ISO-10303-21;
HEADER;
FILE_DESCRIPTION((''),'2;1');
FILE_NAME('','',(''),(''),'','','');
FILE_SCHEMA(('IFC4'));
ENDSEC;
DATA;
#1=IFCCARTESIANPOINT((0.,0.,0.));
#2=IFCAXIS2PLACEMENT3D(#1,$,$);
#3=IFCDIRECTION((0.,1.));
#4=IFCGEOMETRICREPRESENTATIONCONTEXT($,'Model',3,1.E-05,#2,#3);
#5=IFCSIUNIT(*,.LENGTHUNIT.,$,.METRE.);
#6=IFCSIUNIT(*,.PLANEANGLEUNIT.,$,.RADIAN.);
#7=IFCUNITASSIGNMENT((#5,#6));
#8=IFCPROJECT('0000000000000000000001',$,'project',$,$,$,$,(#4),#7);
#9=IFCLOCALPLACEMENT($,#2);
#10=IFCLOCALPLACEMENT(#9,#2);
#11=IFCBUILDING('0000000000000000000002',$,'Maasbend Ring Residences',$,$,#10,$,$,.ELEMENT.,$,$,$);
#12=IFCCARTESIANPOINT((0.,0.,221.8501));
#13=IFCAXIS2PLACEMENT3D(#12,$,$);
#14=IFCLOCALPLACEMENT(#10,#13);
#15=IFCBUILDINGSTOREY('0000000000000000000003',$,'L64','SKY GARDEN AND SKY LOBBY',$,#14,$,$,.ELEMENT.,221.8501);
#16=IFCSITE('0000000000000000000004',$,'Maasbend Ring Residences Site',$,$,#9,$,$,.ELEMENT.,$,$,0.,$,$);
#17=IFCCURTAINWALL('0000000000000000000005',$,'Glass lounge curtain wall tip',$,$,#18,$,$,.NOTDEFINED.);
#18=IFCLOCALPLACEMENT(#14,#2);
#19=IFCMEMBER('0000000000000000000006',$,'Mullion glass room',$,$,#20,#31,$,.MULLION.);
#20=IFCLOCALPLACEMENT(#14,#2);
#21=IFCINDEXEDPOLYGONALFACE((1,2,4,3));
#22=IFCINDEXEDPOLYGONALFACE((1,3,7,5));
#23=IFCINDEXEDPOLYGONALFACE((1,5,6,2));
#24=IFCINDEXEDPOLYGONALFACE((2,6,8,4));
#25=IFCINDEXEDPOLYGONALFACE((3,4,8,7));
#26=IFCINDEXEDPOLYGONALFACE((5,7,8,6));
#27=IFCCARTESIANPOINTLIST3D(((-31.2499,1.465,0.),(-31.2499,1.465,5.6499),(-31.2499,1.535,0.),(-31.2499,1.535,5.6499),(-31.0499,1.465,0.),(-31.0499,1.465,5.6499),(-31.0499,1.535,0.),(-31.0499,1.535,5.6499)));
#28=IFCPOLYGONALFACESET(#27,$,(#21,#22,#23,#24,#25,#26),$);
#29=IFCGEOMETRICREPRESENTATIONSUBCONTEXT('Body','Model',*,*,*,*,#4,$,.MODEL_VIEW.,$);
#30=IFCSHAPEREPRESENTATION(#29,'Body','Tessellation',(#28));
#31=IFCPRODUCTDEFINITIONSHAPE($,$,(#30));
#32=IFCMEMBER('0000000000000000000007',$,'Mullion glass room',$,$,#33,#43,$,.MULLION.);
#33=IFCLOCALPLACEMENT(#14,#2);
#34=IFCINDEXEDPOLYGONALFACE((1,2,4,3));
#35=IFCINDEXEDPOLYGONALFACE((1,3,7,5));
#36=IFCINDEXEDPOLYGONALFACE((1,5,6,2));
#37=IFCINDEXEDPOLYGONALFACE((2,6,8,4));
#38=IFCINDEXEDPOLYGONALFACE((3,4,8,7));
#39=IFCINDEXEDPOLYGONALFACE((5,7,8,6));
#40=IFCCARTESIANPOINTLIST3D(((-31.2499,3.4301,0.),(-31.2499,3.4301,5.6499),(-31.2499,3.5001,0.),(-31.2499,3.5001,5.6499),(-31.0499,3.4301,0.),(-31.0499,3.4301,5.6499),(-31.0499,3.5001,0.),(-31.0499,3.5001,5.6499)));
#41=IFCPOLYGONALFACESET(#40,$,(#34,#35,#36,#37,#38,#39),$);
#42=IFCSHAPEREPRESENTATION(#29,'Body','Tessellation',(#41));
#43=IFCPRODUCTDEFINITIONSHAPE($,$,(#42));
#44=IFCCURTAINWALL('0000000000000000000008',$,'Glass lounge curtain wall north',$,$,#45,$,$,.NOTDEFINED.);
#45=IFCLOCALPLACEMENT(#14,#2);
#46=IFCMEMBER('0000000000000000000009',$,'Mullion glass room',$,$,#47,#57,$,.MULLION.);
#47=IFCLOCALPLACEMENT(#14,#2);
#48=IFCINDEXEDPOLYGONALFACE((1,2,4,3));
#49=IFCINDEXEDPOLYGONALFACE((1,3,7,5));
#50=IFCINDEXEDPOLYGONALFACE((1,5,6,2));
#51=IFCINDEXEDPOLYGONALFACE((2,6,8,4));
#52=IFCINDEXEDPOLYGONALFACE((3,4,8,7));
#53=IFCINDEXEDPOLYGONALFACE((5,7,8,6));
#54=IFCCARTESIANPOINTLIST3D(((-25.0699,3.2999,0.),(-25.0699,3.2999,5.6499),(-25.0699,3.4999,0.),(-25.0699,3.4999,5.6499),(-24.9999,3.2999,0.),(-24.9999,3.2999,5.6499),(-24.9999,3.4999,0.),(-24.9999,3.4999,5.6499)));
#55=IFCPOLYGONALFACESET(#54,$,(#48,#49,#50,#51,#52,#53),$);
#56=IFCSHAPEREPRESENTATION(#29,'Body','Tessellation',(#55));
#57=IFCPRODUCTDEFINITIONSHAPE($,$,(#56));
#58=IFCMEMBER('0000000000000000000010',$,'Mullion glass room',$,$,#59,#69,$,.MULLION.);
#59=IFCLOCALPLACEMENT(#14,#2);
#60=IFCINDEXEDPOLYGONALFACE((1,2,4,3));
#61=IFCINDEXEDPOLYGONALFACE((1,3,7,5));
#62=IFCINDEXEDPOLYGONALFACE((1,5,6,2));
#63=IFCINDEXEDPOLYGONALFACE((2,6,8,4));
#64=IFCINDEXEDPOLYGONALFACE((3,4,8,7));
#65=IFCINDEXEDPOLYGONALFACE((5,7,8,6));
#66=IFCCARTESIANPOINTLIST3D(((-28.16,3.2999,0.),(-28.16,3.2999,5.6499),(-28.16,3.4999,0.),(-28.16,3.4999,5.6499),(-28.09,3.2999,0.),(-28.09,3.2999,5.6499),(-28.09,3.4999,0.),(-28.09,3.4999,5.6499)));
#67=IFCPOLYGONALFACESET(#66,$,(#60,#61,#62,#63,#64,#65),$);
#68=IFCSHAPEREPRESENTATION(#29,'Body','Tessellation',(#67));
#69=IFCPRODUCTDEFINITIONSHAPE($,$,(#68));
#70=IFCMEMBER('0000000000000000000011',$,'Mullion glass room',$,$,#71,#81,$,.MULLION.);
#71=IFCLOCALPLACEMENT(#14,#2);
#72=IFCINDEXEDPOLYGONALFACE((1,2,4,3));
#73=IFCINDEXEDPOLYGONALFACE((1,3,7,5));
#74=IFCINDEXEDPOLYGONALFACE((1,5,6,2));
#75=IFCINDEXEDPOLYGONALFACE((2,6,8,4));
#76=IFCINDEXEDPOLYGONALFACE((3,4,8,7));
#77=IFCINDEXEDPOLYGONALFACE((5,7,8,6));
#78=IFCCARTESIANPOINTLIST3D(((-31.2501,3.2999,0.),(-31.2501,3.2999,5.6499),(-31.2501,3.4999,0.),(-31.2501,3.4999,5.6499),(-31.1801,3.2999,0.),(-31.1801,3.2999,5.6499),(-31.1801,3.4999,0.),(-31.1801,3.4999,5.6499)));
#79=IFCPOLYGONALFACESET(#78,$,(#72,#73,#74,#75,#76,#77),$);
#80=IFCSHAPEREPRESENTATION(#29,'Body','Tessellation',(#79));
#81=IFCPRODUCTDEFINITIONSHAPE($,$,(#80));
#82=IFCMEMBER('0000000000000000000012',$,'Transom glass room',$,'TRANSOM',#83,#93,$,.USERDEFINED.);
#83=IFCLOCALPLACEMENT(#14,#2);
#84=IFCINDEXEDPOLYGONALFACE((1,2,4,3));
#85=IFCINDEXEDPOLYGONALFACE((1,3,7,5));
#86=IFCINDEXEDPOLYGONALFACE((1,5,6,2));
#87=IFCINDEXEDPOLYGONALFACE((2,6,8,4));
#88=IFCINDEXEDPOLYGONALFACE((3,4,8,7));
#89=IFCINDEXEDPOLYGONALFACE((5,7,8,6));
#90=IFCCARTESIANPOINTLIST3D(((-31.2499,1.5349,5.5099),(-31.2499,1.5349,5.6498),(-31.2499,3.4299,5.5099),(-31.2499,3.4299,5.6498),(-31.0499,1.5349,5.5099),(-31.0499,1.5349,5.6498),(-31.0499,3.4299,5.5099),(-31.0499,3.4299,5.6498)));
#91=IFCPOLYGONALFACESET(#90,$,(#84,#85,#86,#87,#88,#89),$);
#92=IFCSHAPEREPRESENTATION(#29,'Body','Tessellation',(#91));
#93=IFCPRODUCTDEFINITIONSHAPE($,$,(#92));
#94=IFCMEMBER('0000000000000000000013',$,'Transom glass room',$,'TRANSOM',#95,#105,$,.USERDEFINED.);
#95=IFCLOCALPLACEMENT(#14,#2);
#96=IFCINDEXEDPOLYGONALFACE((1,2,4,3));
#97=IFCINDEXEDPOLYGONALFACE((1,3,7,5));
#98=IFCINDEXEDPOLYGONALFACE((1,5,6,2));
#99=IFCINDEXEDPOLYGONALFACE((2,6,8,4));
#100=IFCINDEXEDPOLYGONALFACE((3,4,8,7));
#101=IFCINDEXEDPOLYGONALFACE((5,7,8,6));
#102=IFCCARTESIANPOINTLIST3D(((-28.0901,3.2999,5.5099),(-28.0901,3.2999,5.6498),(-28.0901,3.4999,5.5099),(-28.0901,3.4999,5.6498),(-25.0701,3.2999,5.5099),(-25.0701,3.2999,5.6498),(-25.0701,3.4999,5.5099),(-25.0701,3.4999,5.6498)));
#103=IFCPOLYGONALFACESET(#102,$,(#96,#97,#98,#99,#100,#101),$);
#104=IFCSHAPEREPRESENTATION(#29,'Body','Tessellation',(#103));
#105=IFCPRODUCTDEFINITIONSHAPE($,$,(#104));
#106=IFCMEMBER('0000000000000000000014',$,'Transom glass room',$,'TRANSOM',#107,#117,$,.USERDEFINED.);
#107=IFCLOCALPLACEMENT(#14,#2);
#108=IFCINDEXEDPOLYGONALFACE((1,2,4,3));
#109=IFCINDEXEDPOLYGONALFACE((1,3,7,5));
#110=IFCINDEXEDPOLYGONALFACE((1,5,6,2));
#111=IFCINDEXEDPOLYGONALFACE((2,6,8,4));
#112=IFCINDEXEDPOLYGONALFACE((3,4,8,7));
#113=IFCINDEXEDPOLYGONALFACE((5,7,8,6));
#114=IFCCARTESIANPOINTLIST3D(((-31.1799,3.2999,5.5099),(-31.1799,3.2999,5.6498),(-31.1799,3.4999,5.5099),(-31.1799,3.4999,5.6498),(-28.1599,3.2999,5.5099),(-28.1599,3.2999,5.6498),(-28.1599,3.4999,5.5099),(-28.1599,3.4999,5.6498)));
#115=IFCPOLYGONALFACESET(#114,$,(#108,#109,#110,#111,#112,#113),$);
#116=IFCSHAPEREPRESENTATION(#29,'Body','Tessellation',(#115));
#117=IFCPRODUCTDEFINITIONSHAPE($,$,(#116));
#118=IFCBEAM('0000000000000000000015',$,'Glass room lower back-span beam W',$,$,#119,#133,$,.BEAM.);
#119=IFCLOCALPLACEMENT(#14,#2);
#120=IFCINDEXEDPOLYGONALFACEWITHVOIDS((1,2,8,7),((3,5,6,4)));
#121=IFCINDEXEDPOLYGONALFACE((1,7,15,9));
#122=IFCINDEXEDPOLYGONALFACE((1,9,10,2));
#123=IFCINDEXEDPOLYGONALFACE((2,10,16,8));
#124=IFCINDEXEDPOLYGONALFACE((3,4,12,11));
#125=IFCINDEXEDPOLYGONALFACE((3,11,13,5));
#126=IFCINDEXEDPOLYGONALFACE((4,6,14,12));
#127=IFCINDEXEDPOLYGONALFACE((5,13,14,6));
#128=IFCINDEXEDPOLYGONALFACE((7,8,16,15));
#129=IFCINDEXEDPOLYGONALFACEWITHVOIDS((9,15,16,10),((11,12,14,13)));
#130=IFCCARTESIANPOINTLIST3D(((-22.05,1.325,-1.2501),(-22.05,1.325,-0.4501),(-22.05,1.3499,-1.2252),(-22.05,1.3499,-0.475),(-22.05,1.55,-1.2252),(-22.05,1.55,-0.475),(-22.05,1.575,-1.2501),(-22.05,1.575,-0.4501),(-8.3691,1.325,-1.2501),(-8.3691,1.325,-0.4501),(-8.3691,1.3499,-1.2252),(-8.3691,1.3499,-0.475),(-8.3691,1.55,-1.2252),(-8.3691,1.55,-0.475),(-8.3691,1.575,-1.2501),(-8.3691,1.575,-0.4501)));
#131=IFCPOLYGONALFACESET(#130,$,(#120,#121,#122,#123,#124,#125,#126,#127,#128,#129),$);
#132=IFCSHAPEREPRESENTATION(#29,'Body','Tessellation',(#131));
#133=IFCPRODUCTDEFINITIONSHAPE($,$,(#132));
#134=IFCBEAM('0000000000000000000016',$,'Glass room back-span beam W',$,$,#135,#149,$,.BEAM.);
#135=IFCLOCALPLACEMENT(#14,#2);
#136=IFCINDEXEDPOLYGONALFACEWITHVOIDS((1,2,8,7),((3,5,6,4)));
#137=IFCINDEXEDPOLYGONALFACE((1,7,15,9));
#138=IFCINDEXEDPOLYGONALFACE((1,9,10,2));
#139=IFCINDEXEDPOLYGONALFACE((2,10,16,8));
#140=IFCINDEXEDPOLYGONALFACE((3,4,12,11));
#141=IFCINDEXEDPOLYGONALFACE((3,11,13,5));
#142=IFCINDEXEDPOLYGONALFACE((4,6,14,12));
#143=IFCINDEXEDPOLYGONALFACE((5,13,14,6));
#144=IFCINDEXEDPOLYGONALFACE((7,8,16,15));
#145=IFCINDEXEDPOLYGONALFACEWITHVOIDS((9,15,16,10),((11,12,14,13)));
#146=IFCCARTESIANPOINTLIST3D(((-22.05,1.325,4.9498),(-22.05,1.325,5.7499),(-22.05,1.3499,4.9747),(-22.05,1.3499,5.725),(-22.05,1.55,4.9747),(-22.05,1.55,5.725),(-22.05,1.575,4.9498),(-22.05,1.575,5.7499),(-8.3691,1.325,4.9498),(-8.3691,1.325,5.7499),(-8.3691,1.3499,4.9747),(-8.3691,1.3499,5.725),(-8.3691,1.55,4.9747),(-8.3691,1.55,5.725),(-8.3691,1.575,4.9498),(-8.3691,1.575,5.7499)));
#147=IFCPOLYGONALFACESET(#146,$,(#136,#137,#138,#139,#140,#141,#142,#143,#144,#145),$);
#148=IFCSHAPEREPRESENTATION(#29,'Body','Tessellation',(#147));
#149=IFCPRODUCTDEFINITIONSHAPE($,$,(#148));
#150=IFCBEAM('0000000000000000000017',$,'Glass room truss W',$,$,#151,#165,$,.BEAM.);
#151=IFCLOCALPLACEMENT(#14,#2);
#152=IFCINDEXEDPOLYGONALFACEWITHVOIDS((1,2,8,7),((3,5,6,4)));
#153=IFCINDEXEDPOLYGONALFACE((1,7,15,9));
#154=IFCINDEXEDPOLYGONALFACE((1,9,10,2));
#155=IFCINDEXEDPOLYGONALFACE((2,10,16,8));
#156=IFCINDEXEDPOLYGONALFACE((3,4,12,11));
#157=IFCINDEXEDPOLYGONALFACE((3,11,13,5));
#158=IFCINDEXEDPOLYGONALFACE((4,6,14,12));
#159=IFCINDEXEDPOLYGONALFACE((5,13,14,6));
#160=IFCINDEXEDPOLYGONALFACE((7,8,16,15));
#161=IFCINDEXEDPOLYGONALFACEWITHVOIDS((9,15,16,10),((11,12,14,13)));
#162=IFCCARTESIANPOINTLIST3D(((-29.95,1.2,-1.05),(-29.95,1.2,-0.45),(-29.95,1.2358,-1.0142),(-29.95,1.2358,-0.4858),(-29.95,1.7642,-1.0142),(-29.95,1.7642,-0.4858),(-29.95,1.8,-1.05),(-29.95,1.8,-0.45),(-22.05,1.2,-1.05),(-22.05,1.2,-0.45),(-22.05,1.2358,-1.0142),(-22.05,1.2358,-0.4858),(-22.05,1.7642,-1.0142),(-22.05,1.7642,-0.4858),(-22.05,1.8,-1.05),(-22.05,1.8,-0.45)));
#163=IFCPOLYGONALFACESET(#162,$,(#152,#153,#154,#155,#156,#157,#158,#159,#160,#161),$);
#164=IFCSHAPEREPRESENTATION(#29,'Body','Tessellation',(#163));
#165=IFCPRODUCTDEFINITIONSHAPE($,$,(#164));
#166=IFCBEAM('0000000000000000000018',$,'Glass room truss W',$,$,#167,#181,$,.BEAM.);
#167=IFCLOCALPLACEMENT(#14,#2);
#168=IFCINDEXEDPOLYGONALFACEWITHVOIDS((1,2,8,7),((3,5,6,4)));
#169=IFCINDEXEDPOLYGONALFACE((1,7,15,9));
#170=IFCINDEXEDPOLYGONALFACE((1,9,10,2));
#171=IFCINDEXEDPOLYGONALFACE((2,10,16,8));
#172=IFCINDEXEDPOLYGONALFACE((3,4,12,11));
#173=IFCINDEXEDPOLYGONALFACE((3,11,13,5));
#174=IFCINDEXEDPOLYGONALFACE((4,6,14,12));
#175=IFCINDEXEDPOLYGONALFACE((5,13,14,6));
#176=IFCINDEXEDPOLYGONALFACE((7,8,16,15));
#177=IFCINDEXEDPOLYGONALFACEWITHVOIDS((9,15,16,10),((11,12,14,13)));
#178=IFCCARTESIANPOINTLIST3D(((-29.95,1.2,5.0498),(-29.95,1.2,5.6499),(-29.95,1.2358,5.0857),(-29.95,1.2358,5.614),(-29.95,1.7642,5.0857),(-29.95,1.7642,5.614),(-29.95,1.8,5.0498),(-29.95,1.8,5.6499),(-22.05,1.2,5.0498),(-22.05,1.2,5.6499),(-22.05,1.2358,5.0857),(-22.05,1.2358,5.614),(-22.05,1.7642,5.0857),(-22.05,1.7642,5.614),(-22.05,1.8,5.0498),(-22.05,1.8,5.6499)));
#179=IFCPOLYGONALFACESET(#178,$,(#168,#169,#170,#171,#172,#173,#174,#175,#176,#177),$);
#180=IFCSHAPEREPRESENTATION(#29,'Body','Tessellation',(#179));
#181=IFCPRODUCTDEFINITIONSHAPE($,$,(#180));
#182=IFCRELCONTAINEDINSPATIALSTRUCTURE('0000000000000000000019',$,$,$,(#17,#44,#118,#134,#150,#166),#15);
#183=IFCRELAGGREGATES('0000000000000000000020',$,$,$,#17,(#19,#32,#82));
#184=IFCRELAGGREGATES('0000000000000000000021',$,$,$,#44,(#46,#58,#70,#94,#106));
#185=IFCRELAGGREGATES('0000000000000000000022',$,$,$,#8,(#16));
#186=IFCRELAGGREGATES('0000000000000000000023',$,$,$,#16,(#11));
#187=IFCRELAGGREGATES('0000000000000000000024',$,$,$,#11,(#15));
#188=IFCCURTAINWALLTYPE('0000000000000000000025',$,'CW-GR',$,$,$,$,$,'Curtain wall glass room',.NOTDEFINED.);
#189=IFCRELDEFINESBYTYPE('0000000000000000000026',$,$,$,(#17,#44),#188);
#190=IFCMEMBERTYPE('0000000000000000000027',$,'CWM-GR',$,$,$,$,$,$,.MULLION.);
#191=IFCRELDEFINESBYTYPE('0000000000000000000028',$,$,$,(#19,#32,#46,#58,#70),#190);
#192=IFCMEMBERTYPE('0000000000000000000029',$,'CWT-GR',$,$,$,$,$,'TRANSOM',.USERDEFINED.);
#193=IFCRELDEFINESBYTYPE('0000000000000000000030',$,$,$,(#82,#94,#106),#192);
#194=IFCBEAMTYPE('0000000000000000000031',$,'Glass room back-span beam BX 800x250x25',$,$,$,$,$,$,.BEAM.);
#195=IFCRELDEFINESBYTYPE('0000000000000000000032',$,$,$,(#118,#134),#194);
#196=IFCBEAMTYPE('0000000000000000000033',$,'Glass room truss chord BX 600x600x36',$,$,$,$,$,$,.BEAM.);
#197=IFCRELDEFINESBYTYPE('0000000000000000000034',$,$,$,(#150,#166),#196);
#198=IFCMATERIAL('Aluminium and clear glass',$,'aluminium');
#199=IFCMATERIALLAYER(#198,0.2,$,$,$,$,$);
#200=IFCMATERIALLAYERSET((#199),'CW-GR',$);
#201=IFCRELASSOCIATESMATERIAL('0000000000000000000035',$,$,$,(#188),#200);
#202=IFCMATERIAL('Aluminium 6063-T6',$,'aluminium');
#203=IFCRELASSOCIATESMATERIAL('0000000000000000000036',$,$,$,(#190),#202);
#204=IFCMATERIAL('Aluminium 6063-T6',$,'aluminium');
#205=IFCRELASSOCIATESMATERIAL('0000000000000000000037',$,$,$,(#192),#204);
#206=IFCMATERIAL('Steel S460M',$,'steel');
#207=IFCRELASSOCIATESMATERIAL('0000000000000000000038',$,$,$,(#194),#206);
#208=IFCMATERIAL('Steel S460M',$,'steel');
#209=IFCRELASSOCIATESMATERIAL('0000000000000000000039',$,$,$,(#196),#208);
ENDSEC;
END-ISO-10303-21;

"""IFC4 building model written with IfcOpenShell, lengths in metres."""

from ifc_helpers import new_model, si_unit, direction, frame, origin, origin_2d, place, context, subcontext, project, spatial, rectangle, hollow_rectangle, extrude, material, layer, layer_set, material_profile, profile_set, type_object, element, aggregate, save


model = new_model("IFC4")

# Units and contexts
model_context = context("Model", 3, precision=1e-05, world=origin(), true_north=direction((0.0, 1.0)))
body_context = subcontext(model_context, "Body", "Model", "MODEL_VIEW")
ifc_project = project(units=[si_unit("LENGTHUNIT", "METRE"), si_unit("PLANEANGLEUNIT", "RADIAN")], contexts=[model_context])

# Site, building, storey
site_placement = place(None, origin())
site = spatial("IfcSite", under=ifc_project, at=site_placement, Name="Maasbend Ring Residences Site", CompositionType="ELEMENT", RefElevation=0.0)
building_placement = place(site_placement, origin())
building = spatial("IfcBuilding", under=site, at=building_placement, Name="Maasbend Ring Residences", CompositionType="ELEMENT")
storey_placement = place(building_placement, frame((0.0, 0.0, 221.8501)))
storey = spatial("IfcBuildingStorey", under=building, at=storey_placement, Name="L64", Description="SKY GARDEN AND SKY LOBBY", CompositionType="ELEMENT", Elevation=221.8501)

# Curtain walls, members
ifc_material_1 = material(Name="Aluminium and clear glass", Category="aluminium")
ifc_layer_1 = layer(ifc_material_1, 0.2)
ifc_layer_set_1 = layer_set([ifc_layer_1], Name="CW-GR")
curtain_wall_type = type_object("IfcCurtainWallType", Name="CW-GR", ElementType="Curtain wall glass room", PredefinedType="NOTDEFINED", material=ifc_layer_set_1)
curtain_wall_1_placement = place(storey_placement, origin())
curtain_wall_1 = element("IfcCurtainWall", 1, at=curtain_wall_1_placement, inside=storey, type_object=curtain_wall_type, Name="Glass lounge curtain wall tip", PredefinedType="NOTDEFINED")
ifc_material_2 = material(Name="Aluminium 6063-T6", Category="aluminium")
ifc_material_profile_1 = material_profile(ifc_material_2, rectangle(XDim=0.2, YDim=0.0701, at=origin_2d()), Name="AL 200x70")
ifc_profile_set_1 = profile_set([ifc_material_profile_1], Name="Aluminium 6063-T6")
member_type_1 = type_object("IfcMemberType", Name="CWM-GR", PredefinedType="MULLION", material=ifc_profile_set_1)
member_1_placement = place(storey_placement, frame((-31.1499, 1.5, 0.0), z_axis=(0.0, 0.0, 1.0), x_axis=(-1.0, 0.0, 0.0)))
member_1 = element("IfcMember", 2, at=member_1_placement, type_object=member_type_1, Name="Mullion glass room", PredefinedType="MULLION", context=body_context, shape_type="SweptSolid", body=[
    extrude(rectangle(XDim=0.2, YDim=0.0701, at=origin_2d()), origin(), (0.0, 0.0, 1.0), 5.6499),
])
member_2_placement = place(storey_placement, frame((-31.1499, 3.4651, 0.0), z_axis=(0.0, 0.0, 1.0), x_axis=(-1.0, 0.0, 0.0)))
member_2 = element("IfcMember", 3, at=member_2_placement, type_object=member_type_1, Name="Mullion glass room", PredefinedType="MULLION", context=body_context, shape_type="SweptSolid", body=[
    extrude(rectangle(XDim=0.2, YDim=0.0701, at=origin_2d()), origin(), (0.0, 0.0, 1.0), 5.6499),
])
curtain_wall_2_placement = place(storey_placement, origin())
curtain_wall_2 = element("IfcCurtainWall", 4, at=curtain_wall_2_placement, inside=storey, type_object=curtain_wall_type, Name="Glass lounge curtain wall north", PredefinedType="NOTDEFINED")
member_3_placement = place(storey_placement, frame((-25.0349, 3.3999, 0.0), z_axis=(0.0, 0.0, 1.0), x_axis=(0.0, -1.0, 0.0)))
member_3 = element("IfcMember", 5, at=member_3_placement, type_object=member_type_1, Name="Mullion glass room", PredefinedType="MULLION", context=body_context, shape_type="SweptSolid", body=[
    extrude(rectangle(XDim=0.2, YDim=0.0701, at=origin_2d()), origin(), (0.0, 0.0, 1.0), 5.6499),
])
member_4_placement = place(storey_placement, frame((-28.125, 3.3999, 0.0), z_axis=(0.0, 0.0, 1.0), x_axis=(0.0, -1.0, 0.0)))
member_4 = element("IfcMember", 6, at=member_4_placement, type_object=member_type_1, Name="Mullion glass room", PredefinedType="MULLION", context=body_context, shape_type="SweptSolid", body=[
    extrude(rectangle(XDim=0.2, YDim=0.0701, at=origin_2d()), origin(), (0.0, 0.0, 1.0), 5.6499),
])
member_5_placement = place(storey_placement, frame((-31.2151, 3.3999, 0.0), z_axis=(0.0, 0.0, 1.0), x_axis=(0.0, -1.0, 0.0)))
member_5 = element("IfcMember", 7, at=member_5_placement, type_object=member_type_1, Name="Mullion glass room", PredefinedType="MULLION", context=body_context, shape_type="SweptSolid", body=[
    extrude(rectangle(XDim=0.2, YDim=0.0701, at=origin_2d()), origin(), (0.0, 0.0, 1.0), 5.6499),
])

# Members
ifc_material_3 = material(Name="Aluminium 6063-T6", Category="aluminium")
ifc_material_profile_2 = material_profile(ifc_material_3, rectangle(XDim=0.2, YDim=0.1399, at=origin_2d()), Name="AL 200x140")
ifc_profile_set_2 = profile_set([ifc_material_profile_2], Name="Aluminium 6063-T6")
member_type_2 = type_object("IfcMemberType", Name="CWT-GR", ElementType="TRANSOM", PredefinedType="USERDEFINED", material=ifc_profile_set_2)
member_6_placement = place(storey_placement, frame((-31.1499, 1.5349, 5.5798), z_axis=(0.0, 1.0, 0.0), x_axis=(-1.0, 0.0, 0.0)))
member_6 = element("IfcMember", 8, at=member_6_placement, type_object=member_type_2, Name="Transom glass room", ObjectType="TRANSOM", PredefinedType="USERDEFINED", context=body_context, shape_type="SweptSolid", body=[
    extrude(rectangle(XDim=0.2, YDim=0.1399, at=origin_2d()), origin(), (0.0, 0.0, 1.0), 1.895),
])
member_7_placement = place(storey_placement, frame((-25.0701, 3.3999, 5.5798), z_axis=(-1.0, 0.0, 0.0), x_axis=(0.0, -1.0, 0.0)))
member_7 = element("IfcMember", 9, at=member_7_placement, type_object=member_type_2, Name="Transom glass room", ObjectType="TRANSOM", PredefinedType="USERDEFINED", context=body_context, shape_type="SweptSolid", body=[
    extrude(rectangle(XDim=0.2, YDim=0.1399, at=origin_2d()), origin(), (0.0, 0.0, 1.0), 3.02),
])
member_8_placement = place(storey_placement, frame((-28.1599, 3.3999, 5.5798), z_axis=(-1.0, 0.0, 0.0), x_axis=(0.0, -1.0, 0.0)))
member_8 = element("IfcMember", 10, at=member_8_placement, type_object=member_type_2, Name="Transom glass room", ObjectType="TRANSOM", PredefinedType="USERDEFINED", context=body_context, shape_type="SweptSolid", body=[
    extrude(rectangle(XDim=0.2, YDim=0.1399, at=origin_2d()), origin(), (0.0, 0.0, 1.0), 3.02),
])

# Beams
ifc_material_4 = material(Name="Steel S460M", Category="steel")
ifc_material_profile_3 = material_profile(ifc_material_4, hollow_rectangle(XDim=0.25, YDim=0.8, WallThickness=0.0249, at=origin_2d()), Name="Glass room back-span beam BX 800x250x25")
ifc_profile_set_3 = profile_set([ifc_material_profile_3], Name="Steel S460M")
beam_type_1 = type_object("IfcBeamType", Name="Glass room back-span beam BX 800x250x25", PredefinedType="BEAM", material=ifc_profile_set_3)
for number, where, z_axis, x_axis, name in (
    (11, (-22.05, 1.45, -0.8501), (1.0, 0.0, 0.0), (0.0, 1.0, 0.0), "Glass room lower back-span beam W"),
    (12, (-22.05, 1.45, 5.3499), (1.0, 0.0, 0.0), (0.0, 1.0, 0.0), "Glass room back-span beam W"),
):
    element("IfcBeam", number, at=place(storey_placement, frame(where, z_axis=z_axis, x_axis=x_axis)), inside=storey, type_object=beam_type_1, Name=name, PredefinedType="BEAM", context=body_context, shape_type="SweptSolid", body=[
        extrude(hollow_rectangle(XDim=0.25, YDim=0.8, WallThickness=0.0249, at=origin_2d()), origin(), (0.0, 0.0, 1.0), 13.6809),
    ])
ifc_material_5 = material(Name="Steel S460M", Category="steel")
ifc_material_profile_4 = material_profile(ifc_material_5, hollow_rectangle(XDim=0.6001, YDim=0.6001, WallThickness=0.0359, at=origin_2d()), Name="Glass room truss chord BX 600x600x36")
ifc_profile_set_4 = profile_set([ifc_material_profile_4], Name="Steel S460M")
beam_type_2 = type_object("IfcBeamType", Name="Glass room truss chord BX 600x600x36", PredefinedType="BEAM", material=ifc_profile_set_4)
for number, where, z_axis, x_axis, name in (
    (13, (-22.05, 1.5, -0.75), (-1.0, 0.0, 0.0), (0.0, -1.0, 0.0), "Glass room truss W"),
    (14, (-22.05, 1.5, 5.3499), (-1.0, 0.0, 0.0), (0.0, -1.0, 0.0), "Glass room truss W"),
):
    element("IfcBeam", number, at=place(storey_placement, frame(where, z_axis=z_axis, x_axis=x_axis)), inside=storey, type_object=beam_type_2, Name=name, PredefinedType="BEAM", context=body_context, shape_type="SweptSolid", body=[
        extrude(hollow_rectangle(XDim=0.6001, YDim=0.6001, WallThickness=0.0359, at=origin_2d()), origin(), (0.0, 0.0, 1.0), 7.8999),
    ])

aggregate(curtain_wall_1, [member_1, member_2, member_6])
aggregate(curtain_wall_2, [member_3, member_4, member_5, member_7, member_8])

save(model, "model.ifc")
